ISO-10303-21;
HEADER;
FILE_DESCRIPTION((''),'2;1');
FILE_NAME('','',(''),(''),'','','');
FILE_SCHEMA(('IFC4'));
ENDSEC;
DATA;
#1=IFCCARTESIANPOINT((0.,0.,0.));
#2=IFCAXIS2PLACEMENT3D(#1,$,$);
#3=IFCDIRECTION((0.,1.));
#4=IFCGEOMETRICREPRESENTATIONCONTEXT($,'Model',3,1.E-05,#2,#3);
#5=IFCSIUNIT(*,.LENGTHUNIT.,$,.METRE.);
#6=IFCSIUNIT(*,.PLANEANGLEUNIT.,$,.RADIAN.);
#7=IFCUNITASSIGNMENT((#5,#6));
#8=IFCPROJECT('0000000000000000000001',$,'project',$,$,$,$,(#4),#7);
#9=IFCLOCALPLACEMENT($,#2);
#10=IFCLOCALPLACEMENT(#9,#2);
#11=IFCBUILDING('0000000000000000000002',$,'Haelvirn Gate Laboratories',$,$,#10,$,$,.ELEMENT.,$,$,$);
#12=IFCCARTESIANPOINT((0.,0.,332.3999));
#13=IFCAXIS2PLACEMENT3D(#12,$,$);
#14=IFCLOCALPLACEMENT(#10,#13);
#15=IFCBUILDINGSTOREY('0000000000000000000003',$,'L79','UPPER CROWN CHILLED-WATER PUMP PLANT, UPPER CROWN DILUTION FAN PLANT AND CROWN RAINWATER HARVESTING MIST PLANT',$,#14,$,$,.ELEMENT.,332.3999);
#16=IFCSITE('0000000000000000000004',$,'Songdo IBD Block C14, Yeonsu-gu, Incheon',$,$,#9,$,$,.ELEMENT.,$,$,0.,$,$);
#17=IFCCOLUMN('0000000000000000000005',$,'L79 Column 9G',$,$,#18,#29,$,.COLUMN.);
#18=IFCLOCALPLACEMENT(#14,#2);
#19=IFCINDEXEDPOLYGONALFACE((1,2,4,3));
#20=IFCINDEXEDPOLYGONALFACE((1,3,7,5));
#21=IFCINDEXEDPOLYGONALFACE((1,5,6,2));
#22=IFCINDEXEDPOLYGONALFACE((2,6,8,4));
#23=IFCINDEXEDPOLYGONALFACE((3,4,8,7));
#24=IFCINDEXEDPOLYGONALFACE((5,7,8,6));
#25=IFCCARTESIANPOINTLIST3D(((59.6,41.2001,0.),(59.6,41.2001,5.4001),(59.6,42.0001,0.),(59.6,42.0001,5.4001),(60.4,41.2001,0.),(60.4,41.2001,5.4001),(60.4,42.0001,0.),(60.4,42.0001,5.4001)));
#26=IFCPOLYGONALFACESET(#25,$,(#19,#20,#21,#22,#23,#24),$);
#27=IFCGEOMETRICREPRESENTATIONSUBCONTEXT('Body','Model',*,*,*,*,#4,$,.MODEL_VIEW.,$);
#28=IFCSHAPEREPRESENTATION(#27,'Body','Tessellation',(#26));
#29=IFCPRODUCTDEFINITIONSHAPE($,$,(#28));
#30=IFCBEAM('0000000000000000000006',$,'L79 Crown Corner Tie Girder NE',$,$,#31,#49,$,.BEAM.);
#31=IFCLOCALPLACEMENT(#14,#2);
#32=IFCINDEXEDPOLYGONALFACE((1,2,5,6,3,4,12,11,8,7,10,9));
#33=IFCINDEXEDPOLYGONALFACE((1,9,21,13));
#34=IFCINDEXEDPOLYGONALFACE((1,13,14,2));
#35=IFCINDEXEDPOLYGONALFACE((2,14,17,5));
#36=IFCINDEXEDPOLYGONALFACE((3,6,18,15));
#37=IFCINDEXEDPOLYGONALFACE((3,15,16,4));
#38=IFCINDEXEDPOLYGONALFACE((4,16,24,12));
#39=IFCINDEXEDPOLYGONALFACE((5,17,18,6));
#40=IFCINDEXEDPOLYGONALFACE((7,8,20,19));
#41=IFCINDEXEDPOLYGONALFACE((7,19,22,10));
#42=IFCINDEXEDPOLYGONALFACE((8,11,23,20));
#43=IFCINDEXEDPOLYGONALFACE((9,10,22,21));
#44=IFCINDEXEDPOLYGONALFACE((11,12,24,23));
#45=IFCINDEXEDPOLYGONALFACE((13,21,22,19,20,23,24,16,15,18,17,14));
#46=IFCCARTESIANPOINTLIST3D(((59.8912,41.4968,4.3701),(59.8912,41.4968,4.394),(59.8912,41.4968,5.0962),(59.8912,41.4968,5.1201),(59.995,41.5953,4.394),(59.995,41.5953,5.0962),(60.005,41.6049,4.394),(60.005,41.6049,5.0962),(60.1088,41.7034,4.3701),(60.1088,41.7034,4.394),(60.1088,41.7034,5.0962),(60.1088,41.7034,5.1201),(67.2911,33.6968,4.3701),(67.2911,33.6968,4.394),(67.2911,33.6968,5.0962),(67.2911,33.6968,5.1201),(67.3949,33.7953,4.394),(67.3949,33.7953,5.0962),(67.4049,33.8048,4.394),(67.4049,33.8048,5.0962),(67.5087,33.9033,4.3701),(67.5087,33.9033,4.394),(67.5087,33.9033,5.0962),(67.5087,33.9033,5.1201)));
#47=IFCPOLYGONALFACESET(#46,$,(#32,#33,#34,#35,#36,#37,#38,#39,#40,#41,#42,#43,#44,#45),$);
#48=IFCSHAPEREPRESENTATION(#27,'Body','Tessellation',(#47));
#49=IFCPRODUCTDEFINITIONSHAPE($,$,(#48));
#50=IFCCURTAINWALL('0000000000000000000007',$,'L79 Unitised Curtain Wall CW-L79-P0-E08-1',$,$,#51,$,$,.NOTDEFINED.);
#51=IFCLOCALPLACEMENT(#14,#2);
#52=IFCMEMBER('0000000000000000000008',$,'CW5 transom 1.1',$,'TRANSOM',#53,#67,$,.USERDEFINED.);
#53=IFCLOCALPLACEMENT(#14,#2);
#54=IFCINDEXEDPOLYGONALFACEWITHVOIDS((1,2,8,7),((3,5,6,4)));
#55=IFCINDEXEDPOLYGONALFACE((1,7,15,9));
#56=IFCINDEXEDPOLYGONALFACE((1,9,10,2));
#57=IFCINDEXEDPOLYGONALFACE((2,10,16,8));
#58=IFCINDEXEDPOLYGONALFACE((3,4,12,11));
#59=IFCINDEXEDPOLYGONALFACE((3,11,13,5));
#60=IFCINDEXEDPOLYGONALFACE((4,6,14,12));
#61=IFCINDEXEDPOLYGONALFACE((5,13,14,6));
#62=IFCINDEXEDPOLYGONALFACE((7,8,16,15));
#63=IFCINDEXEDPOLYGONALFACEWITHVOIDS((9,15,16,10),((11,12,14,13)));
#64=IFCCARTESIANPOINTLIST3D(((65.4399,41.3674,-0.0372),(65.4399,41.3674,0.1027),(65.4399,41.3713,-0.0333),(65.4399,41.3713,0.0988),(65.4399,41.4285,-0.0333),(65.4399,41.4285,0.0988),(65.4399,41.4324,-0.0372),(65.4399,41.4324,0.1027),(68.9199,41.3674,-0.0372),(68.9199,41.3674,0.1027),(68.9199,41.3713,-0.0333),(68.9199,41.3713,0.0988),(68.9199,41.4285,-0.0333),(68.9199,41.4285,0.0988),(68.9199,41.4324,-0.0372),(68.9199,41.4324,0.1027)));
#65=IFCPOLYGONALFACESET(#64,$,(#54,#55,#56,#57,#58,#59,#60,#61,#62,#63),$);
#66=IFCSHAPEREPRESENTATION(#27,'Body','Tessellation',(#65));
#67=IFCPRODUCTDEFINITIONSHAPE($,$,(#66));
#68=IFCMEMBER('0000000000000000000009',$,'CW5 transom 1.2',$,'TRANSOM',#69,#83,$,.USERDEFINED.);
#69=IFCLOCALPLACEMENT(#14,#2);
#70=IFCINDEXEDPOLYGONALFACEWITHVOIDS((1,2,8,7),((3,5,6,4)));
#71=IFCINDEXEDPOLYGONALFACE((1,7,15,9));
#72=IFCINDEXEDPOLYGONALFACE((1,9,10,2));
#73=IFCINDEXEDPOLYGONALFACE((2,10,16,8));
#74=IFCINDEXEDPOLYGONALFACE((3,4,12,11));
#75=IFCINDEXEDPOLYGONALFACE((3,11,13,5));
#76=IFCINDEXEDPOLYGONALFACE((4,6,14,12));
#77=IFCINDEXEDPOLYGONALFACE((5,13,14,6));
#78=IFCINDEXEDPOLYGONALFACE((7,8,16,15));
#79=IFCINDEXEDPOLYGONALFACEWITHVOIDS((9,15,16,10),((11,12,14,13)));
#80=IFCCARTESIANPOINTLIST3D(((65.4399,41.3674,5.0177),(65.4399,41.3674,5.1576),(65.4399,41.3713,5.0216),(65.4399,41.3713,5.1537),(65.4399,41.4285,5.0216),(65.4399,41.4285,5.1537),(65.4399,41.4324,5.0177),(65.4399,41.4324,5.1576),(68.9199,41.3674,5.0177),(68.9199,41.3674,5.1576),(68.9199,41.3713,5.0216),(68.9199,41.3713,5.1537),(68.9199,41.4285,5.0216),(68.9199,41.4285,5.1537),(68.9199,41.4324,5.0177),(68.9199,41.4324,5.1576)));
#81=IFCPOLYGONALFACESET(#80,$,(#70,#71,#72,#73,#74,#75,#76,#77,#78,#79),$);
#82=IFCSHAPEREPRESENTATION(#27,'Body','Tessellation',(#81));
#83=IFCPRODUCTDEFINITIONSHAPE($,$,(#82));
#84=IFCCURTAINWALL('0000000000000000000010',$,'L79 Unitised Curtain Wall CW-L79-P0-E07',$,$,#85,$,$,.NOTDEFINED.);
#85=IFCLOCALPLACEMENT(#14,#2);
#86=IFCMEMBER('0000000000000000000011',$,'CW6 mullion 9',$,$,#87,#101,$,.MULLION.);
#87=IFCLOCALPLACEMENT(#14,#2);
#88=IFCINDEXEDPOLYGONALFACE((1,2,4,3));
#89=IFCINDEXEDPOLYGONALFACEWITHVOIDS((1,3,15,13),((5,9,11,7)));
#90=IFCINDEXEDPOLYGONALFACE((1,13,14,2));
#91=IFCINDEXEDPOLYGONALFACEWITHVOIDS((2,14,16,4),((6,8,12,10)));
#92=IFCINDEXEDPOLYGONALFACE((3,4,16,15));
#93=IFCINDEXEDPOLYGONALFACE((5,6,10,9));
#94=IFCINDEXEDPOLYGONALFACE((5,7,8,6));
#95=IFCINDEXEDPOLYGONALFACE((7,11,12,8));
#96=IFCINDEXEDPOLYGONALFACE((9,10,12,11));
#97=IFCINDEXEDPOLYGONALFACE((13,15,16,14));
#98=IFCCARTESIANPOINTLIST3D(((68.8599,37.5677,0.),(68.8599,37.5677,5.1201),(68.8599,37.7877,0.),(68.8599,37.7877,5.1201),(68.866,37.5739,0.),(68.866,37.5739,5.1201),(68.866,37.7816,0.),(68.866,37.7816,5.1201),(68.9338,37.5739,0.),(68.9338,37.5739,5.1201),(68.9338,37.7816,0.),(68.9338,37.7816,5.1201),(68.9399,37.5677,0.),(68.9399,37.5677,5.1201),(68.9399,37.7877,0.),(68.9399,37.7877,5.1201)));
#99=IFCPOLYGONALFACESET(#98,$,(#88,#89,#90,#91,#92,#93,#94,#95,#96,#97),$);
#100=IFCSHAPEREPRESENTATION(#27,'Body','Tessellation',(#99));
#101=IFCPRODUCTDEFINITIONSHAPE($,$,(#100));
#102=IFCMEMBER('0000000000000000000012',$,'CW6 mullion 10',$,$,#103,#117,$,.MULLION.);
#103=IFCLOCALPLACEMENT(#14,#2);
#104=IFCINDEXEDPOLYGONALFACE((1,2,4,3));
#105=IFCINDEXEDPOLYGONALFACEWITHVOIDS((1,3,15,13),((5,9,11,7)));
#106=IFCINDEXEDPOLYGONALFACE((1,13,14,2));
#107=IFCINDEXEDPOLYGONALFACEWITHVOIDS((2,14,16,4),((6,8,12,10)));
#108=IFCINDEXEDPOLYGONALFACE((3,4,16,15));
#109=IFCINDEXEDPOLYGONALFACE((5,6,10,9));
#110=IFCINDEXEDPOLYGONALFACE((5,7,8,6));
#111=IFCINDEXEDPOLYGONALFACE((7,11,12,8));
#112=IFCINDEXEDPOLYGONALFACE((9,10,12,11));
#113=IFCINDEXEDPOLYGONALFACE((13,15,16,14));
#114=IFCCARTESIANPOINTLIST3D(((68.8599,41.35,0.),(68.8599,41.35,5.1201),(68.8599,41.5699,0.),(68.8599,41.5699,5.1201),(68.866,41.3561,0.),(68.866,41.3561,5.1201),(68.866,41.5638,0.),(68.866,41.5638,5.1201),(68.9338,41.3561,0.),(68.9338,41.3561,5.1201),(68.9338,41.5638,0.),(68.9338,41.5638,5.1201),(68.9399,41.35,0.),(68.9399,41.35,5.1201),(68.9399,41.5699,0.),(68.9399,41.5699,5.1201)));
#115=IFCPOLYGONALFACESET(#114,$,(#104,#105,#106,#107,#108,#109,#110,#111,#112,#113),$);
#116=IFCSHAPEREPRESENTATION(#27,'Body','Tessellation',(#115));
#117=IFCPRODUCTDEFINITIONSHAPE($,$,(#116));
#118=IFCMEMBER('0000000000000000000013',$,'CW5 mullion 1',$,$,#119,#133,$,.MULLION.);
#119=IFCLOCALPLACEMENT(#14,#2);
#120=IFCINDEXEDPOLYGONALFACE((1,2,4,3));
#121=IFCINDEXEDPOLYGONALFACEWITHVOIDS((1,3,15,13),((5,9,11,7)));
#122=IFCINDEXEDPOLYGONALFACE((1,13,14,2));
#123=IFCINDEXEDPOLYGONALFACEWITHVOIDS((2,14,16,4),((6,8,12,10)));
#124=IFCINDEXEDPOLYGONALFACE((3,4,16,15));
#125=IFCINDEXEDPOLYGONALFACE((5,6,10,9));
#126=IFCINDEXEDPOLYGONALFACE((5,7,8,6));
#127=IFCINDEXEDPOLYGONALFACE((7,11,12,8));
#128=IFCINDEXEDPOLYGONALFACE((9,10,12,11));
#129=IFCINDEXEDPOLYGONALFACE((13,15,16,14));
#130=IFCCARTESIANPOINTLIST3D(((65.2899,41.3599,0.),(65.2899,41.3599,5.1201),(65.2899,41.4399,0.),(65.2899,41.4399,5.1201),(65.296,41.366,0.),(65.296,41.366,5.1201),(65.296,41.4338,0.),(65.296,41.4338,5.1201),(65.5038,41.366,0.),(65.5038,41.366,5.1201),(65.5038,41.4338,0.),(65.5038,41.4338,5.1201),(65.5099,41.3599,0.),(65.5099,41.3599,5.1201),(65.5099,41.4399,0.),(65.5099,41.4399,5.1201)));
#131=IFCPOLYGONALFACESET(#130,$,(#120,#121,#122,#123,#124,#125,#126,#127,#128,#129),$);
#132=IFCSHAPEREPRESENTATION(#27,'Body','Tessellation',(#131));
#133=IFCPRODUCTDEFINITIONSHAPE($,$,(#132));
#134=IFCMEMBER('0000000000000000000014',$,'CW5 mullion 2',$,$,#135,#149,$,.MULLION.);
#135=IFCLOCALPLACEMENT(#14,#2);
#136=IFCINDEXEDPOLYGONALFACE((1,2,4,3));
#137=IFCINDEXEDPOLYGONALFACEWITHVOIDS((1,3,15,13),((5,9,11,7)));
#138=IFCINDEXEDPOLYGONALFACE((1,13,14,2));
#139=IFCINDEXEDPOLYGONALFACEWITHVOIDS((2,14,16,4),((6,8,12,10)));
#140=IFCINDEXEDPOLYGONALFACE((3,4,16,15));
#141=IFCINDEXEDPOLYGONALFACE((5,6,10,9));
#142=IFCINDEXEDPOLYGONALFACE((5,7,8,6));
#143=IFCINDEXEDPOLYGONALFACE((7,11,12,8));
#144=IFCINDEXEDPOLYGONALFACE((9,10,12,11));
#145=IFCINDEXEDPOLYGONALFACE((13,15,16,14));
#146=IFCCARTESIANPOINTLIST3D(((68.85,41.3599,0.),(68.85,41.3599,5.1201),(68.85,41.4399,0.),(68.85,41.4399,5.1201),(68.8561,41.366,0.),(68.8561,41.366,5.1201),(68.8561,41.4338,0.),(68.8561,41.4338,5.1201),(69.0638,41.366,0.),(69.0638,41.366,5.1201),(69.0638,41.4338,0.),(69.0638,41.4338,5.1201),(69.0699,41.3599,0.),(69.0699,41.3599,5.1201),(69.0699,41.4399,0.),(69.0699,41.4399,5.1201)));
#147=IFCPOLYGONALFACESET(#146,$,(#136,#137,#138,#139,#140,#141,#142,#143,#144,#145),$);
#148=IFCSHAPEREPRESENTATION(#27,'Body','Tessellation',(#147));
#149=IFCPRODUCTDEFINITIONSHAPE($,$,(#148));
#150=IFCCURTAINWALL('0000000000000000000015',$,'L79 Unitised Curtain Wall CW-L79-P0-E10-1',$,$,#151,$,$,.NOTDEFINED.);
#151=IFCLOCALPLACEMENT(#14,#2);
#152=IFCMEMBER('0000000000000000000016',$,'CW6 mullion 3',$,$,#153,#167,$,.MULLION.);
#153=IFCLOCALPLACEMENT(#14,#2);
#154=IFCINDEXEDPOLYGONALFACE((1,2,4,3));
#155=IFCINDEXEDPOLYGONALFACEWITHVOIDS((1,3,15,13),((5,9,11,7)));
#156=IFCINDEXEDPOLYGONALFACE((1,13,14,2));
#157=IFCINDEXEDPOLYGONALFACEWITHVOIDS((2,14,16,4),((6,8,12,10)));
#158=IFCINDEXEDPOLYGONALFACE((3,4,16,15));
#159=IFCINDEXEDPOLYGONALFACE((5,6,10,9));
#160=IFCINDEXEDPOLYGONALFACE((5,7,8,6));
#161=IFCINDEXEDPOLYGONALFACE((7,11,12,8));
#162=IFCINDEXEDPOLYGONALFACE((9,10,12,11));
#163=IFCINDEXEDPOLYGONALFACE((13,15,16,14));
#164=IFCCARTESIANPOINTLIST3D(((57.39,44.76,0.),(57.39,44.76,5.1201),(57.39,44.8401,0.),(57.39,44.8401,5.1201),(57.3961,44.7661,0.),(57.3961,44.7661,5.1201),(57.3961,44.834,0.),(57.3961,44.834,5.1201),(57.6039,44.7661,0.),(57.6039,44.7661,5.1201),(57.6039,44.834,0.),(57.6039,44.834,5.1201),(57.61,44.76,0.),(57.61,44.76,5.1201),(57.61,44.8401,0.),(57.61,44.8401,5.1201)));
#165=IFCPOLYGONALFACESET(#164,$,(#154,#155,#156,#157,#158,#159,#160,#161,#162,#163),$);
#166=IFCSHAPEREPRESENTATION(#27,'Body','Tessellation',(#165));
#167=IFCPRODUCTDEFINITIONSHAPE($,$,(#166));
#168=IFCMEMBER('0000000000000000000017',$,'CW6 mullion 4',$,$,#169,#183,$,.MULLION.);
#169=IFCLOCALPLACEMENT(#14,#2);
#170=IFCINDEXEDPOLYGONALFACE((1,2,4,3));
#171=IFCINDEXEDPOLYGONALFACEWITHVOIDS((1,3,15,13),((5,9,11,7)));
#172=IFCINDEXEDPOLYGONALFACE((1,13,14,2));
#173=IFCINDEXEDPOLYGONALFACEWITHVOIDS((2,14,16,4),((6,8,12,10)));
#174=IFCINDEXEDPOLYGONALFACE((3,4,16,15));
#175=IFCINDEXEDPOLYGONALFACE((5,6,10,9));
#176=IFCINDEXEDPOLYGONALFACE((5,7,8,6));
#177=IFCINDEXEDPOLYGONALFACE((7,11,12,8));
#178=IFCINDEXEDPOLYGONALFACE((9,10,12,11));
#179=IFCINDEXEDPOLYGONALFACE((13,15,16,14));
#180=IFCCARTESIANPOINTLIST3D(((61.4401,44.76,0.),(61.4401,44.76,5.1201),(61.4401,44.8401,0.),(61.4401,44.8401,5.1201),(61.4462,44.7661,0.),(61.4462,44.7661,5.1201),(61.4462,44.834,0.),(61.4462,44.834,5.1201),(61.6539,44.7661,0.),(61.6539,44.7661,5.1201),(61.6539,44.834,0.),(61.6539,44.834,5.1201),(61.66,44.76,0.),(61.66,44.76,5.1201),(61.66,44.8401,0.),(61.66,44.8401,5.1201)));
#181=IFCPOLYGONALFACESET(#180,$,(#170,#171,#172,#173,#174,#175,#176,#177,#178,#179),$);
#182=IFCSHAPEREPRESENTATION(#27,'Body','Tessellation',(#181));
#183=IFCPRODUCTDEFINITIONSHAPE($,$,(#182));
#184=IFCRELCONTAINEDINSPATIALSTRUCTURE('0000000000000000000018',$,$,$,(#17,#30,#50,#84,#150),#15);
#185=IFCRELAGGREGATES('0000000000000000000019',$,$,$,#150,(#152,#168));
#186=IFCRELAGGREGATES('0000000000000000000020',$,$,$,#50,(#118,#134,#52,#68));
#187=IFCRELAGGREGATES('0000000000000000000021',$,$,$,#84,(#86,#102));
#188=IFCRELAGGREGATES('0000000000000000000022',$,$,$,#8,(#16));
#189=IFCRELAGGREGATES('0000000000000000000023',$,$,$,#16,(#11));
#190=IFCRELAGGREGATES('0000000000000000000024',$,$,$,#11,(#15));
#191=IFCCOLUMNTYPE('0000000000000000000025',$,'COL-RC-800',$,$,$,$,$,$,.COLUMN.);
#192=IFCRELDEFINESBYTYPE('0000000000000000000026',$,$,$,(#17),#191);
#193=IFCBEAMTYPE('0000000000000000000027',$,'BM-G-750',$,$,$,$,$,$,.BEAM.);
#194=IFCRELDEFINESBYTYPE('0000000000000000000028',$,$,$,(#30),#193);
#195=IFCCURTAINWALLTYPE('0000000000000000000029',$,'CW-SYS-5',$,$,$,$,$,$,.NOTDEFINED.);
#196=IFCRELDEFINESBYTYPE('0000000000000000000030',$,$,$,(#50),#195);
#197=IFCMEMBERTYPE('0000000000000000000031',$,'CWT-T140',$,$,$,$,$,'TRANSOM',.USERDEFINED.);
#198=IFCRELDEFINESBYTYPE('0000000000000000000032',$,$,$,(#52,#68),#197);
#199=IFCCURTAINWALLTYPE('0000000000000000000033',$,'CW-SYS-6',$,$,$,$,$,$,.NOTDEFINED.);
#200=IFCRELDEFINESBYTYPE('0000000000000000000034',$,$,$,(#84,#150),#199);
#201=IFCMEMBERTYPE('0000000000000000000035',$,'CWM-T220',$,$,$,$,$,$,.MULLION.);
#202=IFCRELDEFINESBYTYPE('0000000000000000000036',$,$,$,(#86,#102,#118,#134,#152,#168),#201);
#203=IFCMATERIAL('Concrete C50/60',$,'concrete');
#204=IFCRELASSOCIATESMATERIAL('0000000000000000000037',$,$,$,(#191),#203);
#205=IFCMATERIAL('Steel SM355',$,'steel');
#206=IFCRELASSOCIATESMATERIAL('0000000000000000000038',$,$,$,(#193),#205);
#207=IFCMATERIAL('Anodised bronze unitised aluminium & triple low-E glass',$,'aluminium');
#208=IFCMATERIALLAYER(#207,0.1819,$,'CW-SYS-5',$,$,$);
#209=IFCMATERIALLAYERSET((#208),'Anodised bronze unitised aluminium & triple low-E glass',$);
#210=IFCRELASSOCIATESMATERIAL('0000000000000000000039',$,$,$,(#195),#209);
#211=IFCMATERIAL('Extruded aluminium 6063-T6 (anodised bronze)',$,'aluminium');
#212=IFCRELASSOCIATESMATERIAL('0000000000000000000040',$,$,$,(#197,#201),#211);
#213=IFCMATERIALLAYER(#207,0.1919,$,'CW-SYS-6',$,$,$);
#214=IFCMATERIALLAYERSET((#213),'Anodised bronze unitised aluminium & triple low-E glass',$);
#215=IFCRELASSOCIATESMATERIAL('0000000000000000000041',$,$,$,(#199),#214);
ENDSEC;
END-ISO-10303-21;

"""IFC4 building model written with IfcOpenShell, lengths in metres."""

from ifc_helpers import new_model, si_unit, direction, frame, origin, origin_2d, place, context, subcontext, project, spatial, rectangle, hollow_rectangle, i_section, extrude, source, transform, mapped, material, layer, layer_set, material_profile, profile_set, type_object, type_shapes, element, aggregate, save


model = new_model("IFC4")

# Units and contexts
model_context = context("Model", 3, precision=1e-05, world=origin(), true_north=direction((0.0, 1.0)))
body_context = subcontext(model_context, "Body", "Model", "MODEL_VIEW")
ifc_project = project(units=[si_unit("LENGTHUNIT", "METRE"), si_unit("PLANEANGLEUNIT", "RADIAN")], contexts=[model_context])

# Site, building, storey
site_placement = place(None, origin())
site = spatial("IfcSite", under=ifc_project, at=site_placement, Name="Songdo IBD Block C14, Yeonsu-gu, Incheon", CompositionType="ELEMENT", RefElevation=0.0)
building_placement = place(site_placement, origin())
building = spatial("IfcBuilding", under=site, at=building_placement, Name="Haelvirn Gate Laboratories", CompositionType="ELEMENT")
storey_placement = place(building_placement, frame((0.0, 0.0, 332.3999)))
storey = spatial("IfcBuildingStorey", under=building, at=storey_placement, Name="L79", Description="UPPER CROWN CHILLED-WATER PUMP PLANT, UPPER CROWN DILUTION FAN PLANT AND CROWN RAINWATER HARVESTING MIST PLANT", CompositionType="ELEMENT", Elevation=332.3999)

# Column
ifc_material_1 = material(Name="Concrete C50/60", Category="concrete")
ifc_material_profile_1 = material_profile(ifc_material_1, rectangle(XDim=0.8, YDim=0.8, at=origin_2d()), Name="RC-800x800")
ifc_profile_set_1 = profile_set([ifc_material_profile_1], Name="Concrete C50/60")
column_type = type_object("IfcColumnType", Name="COL-RC-800", PredefinedType="COLUMN", material=ifc_profile_set_1)
shared_shape_1 = source(origin(), body_context, "Body", "SweptSolid", [
    extrude(rectangle(XDim=0.8, YDim=0.8, at=origin_2d()), origin(), (0.0, 0.0, 1.0), 5.4001),
])
type_shapes(column_type, [shared_shape_1])
column_placement = place(storey_placement, frame((60.0, 41.6001, 0.0), z_axis=(0.0, 0.0, 1.0), x_axis=(1.0, 0.0, 0.0)))
element("IfcColumn", 1, at=column_placement, inside=storey, type_object=column_type, Name="L79 Column 9G", PredefinedType="COLUMN", context=body_context, shape_type="MappedRepresentation", body=[
    mapped(shared_shape_1, transform((0.0, 0.0, 0.0), scale=1.0)),
])

# Beam
ifc_material_2 = material(Name="Steel SM355", Category="steel")
ifc_material_profile_2 = material_profile(ifc_material_2, i_section(OverallWidth=0.3, OverallDepth=0.75, WebThickness=0.0139, FlangeThickness=0.0239, at=origin_2d()), Name="H-750x300x14x24")
ifc_profile_set_2 = profile_set([ifc_material_profile_2], Name="Steel SM355")
beam_type = type_object("IfcBeamType", Name="BM-G-750", PredefinedType="BEAM", material=ifc_profile_set_2)
shared_shape_2 = source(origin(), body_context, "Body", "SweptSolid", [
    extrude(i_section(OverallWidth=0.3, OverallDepth=0.75, WebThickness=0.0139, FlangeThickness=0.0239, at=origin_2d()), origin(), (0.0, 0.0, 1.0), 10.7517),
])
type_shapes(beam_type, [shared_shape_2])
beam_placement = place(storey_placement, frame((60.0, 41.6001, 4.7451), z_axis=(0.688253, -0.72547, 0.0), x_axis=(0.72547, 0.688253, 0.0)))
element("IfcBeam", 2, at=beam_placement, inside=storey, type_object=beam_type, Name="L79 Crown Corner Tie Girder NE", PredefinedType="BEAM", context=body_context, shape_type="MappedRepresentation", body=[
    mapped(shared_shape_2, transform((0.0, 0.0, 0.0), scale=1.0)),
])

# Curtain walls, members
ifc_material_3 = material(Name="Anodised bronze unitised aluminium & triple low-E glass", Category="aluminium")
ifc_layer_1 = layer(ifc_material_3, 0.1819, Name="CW-SYS-5")
ifc_layer_set_1 = layer_set([ifc_layer_1], Name="Anodised bronze unitised aluminium & triple low-E glass")
curtain_wall_type_1 = type_object("IfcCurtainWallType", Name="CW-SYS-5", PredefinedType="NOTDEFINED", material=ifc_layer_set_1)
curtain_wall_1_placement = place(storey_placement, origin())
curtain_wall_1 = element("IfcCurtainWall", 3, at=curtain_wall_1_placement, inside=storey, type_object=curtain_wall_type_1, Name="L79 Unitised Curtain Wall CW-L79-P0-E08-1", PredefinedType="NOTDEFINED")
ifc_material_4 = material(Name="Extruded aluminium 6063-T6 (anodised bronze)", Category="aluminium")
ifc_material_profile_3 = material_profile(ifc_material_4, hollow_rectangle(XDim=0.0649, YDim=0.1399, WallThickness=0.0039, at=origin_2d()), Name="CWT-140x65x4")
ifc_profile_set_3 = profile_set([ifc_material_profile_3], Name="Extruded aluminium 6063-T6 (anodised bronze)")
member_type_1 = type_object("IfcMemberType", Name="CWT-T140", ElementType="TRANSOM", PredefinedType="USERDEFINED", material=ifc_profile_set_3)
shared_shape_3 = source(origin(), body_context, "Body", "SweptSolid", [
    extrude(hollow_rectangle(XDim=0.0649, YDim=0.1399, WallThickness=0.0039, at=origin_2d()), origin(), (0.0, 0.0, 1.0), 3.48),
])
type_shapes(member_type_1, [shared_shape_3])
member_1_placement = place(storey_placement, frame((65.4399, 41.3999, 0.0327), z_axis=(1.0, 0.0, 0.0), x_axis=(0.0, 1.0, 0.0)))
member_1 = element("IfcMember", 4, at=member_1_placement, type_object=member_type_1, Name="CW5 transom 1.1", ObjectType="TRANSOM", PredefinedType="USERDEFINED", context=body_context, shape_type="MappedRepresentation", body=[
    mapped(shared_shape_3, transform((0.0, 0.0, 0.0), scale=1.0)),
])
member_2_placement = place(storey_placement, frame((65.4399, 41.3999, 5.0876), z_axis=(1.0, 0.0, 0.0), x_axis=(0.0, 1.0, 0.0)))
member_2 = element("IfcMember", 5, at=member_2_placement, type_object=member_type_1, Name="CW5 transom 1.2", ObjectType="TRANSOM", PredefinedType="USERDEFINED", context=body_context, shape_type="MappedRepresentation", body=[
    mapped(shared_shape_3, transform((0.0, 0.0, 0.0), scale=1.0)),
])
ifc_layer_2 = layer(ifc_material_3, 0.1919, Name="CW-SYS-6")
ifc_layer_set_2 = layer_set([ifc_layer_2], Name="Anodised bronze unitised aluminium & triple low-E glass")
curtain_wall_type_2 = type_object("IfcCurtainWallType", Name="CW-SYS-6", PredefinedType="NOTDEFINED", material=ifc_layer_set_2)
curtain_wall_2_placement = place(storey_placement, origin())
curtain_wall_2 = element("IfcCurtainWall", 6, at=curtain_wall_2_placement, inside=storey, type_object=curtain_wall_type_2, Name="L79 Unitised Curtain Wall CW-L79-P0-E07", PredefinedType="NOTDEFINED")
ifc_material_profile_4 = material_profile(ifc_material_4, hollow_rectangle(XDim=0.0801, YDim=0.22, WallThickness=0.0061, at=origin_2d()), Name="CWM-220x80x6")
ifc_profile_set_4 = profile_set([ifc_material_profile_4], Name="Extruded aluminium 6063-T6 (anodised bronze)")
member_type_2 = type_object("IfcMemberType", Name="CWM-T220", PredefinedType="MULLION", material=ifc_profile_set_4)
shared_shape_4 = source(origin(), body_context, "Body", "SweptSolid", [
    extrude(hollow_rectangle(XDim=0.0801, YDim=0.22, WallThickness=0.0061, at=origin_2d()), origin(), (0.0, 0.0, 1.0), 5.1201),
])
type_shapes(member_type_2, [shared_shape_4])
member_3_placement = place(storey_placement, frame((68.8999, 37.6777, 0.0), z_axis=(0.0, 0.0, 1.0), x_axis=(-1.0, 0.0, 0.0)))
member_3 = element("IfcMember", 7, at=member_3_placement, type_object=member_type_2, Name="CW6 mullion 9", PredefinedType="MULLION", context=body_context, shape_type="MappedRepresentation", body=[
    mapped(shared_shape_4, transform((0.0, 0.0, 0.0), scale=1.0)),
])
member_4_placement = place(storey_placement, frame((68.8999, 41.46, 0.0), z_axis=(0.0, 0.0, 1.0), x_axis=(-1.0, 0.0, 0.0)))
member_4 = element("IfcMember", 8, at=member_4_placement, type_object=member_type_2, Name="CW6 mullion 10", PredefinedType="MULLION", context=body_context, shape_type="MappedRepresentation", body=[
    mapped(shared_shape_4, transform((0.0, 0.0, 0.0), scale=1.0)),
])

# Members
member_5_placement = place(storey_placement, frame((65.3999, 41.3999, 0.0), z_axis=(0.0, 0.0, 1.0), x_axis=(0.0, 1.0, 0.0)))
member_5 = element("IfcMember", 9, at=member_5_placement, type_object=member_type_2, Name="CW5 mullion 1", PredefinedType="MULLION", context=body_context, shape_type="MappedRepresentation", body=[
    mapped(shared_shape_4, transform((0.0, 0.0, 0.0), scale=1.0)),
])
member_6_placement = place(storey_placement, frame((68.96, 41.3999, 0.0), z_axis=(0.0, 0.0, 1.0), x_axis=(0.0, 1.0, 0.0)))
member_6 = element("IfcMember", 10, at=member_6_placement, type_object=member_type_2, Name="CW5 mullion 2", PredefinedType="MULLION", context=body_context, shape_type="MappedRepresentation", body=[
    mapped(shared_shape_4, transform((0.0, 0.0, 0.0), scale=1.0)),
])

# Curtain wall, members
curtain_wall_3_placement = place(storey_placement, origin())
curtain_wall_3 = element("IfcCurtainWall", 11, at=curtain_wall_3_placement, inside=storey, type_object=curtain_wall_type_2, Name="L79 Unitised Curtain Wall CW-L79-P0-E10-1", PredefinedType="NOTDEFINED")
member_7_placement = place(storey_placement, frame((57.5, 44.8, 0.0), z_axis=(0.0, 0.0, 1.0), x_axis=(0.0, 1.0, 0.0)))
member_7 = element("IfcMember", 12, at=member_7_placement, type_object=member_type_2, Name="CW6 mullion 3", PredefinedType="MULLION", context=body_context, shape_type="MappedRepresentation", body=[
    mapped(shared_shape_4, transform((0.0, 0.0, 0.0), scale=1.0)),
])
member_8_placement = place(storey_placement, frame((61.55, 44.8, 0.0), z_axis=(0.0, 0.0, 1.0), x_axis=(0.0, 1.0, 0.0)))
member_8 = element("IfcMember", 13, at=member_8_placement, type_object=member_type_2, Name="CW6 mullion 4", PredefinedType="MULLION", context=body_context, shape_type="MappedRepresentation", body=[
    mapped(shared_shape_4, transform((0.0, 0.0, 0.0), scale=1.0)),
])

aggregate(curtain_wall_3, [member_7, member_8])
aggregate(curtain_wall_1, [member_5, member_6, member_1, member_2])
aggregate(curtain_wall_2, [member_3, member_4])

save(model, "model.ifc")
